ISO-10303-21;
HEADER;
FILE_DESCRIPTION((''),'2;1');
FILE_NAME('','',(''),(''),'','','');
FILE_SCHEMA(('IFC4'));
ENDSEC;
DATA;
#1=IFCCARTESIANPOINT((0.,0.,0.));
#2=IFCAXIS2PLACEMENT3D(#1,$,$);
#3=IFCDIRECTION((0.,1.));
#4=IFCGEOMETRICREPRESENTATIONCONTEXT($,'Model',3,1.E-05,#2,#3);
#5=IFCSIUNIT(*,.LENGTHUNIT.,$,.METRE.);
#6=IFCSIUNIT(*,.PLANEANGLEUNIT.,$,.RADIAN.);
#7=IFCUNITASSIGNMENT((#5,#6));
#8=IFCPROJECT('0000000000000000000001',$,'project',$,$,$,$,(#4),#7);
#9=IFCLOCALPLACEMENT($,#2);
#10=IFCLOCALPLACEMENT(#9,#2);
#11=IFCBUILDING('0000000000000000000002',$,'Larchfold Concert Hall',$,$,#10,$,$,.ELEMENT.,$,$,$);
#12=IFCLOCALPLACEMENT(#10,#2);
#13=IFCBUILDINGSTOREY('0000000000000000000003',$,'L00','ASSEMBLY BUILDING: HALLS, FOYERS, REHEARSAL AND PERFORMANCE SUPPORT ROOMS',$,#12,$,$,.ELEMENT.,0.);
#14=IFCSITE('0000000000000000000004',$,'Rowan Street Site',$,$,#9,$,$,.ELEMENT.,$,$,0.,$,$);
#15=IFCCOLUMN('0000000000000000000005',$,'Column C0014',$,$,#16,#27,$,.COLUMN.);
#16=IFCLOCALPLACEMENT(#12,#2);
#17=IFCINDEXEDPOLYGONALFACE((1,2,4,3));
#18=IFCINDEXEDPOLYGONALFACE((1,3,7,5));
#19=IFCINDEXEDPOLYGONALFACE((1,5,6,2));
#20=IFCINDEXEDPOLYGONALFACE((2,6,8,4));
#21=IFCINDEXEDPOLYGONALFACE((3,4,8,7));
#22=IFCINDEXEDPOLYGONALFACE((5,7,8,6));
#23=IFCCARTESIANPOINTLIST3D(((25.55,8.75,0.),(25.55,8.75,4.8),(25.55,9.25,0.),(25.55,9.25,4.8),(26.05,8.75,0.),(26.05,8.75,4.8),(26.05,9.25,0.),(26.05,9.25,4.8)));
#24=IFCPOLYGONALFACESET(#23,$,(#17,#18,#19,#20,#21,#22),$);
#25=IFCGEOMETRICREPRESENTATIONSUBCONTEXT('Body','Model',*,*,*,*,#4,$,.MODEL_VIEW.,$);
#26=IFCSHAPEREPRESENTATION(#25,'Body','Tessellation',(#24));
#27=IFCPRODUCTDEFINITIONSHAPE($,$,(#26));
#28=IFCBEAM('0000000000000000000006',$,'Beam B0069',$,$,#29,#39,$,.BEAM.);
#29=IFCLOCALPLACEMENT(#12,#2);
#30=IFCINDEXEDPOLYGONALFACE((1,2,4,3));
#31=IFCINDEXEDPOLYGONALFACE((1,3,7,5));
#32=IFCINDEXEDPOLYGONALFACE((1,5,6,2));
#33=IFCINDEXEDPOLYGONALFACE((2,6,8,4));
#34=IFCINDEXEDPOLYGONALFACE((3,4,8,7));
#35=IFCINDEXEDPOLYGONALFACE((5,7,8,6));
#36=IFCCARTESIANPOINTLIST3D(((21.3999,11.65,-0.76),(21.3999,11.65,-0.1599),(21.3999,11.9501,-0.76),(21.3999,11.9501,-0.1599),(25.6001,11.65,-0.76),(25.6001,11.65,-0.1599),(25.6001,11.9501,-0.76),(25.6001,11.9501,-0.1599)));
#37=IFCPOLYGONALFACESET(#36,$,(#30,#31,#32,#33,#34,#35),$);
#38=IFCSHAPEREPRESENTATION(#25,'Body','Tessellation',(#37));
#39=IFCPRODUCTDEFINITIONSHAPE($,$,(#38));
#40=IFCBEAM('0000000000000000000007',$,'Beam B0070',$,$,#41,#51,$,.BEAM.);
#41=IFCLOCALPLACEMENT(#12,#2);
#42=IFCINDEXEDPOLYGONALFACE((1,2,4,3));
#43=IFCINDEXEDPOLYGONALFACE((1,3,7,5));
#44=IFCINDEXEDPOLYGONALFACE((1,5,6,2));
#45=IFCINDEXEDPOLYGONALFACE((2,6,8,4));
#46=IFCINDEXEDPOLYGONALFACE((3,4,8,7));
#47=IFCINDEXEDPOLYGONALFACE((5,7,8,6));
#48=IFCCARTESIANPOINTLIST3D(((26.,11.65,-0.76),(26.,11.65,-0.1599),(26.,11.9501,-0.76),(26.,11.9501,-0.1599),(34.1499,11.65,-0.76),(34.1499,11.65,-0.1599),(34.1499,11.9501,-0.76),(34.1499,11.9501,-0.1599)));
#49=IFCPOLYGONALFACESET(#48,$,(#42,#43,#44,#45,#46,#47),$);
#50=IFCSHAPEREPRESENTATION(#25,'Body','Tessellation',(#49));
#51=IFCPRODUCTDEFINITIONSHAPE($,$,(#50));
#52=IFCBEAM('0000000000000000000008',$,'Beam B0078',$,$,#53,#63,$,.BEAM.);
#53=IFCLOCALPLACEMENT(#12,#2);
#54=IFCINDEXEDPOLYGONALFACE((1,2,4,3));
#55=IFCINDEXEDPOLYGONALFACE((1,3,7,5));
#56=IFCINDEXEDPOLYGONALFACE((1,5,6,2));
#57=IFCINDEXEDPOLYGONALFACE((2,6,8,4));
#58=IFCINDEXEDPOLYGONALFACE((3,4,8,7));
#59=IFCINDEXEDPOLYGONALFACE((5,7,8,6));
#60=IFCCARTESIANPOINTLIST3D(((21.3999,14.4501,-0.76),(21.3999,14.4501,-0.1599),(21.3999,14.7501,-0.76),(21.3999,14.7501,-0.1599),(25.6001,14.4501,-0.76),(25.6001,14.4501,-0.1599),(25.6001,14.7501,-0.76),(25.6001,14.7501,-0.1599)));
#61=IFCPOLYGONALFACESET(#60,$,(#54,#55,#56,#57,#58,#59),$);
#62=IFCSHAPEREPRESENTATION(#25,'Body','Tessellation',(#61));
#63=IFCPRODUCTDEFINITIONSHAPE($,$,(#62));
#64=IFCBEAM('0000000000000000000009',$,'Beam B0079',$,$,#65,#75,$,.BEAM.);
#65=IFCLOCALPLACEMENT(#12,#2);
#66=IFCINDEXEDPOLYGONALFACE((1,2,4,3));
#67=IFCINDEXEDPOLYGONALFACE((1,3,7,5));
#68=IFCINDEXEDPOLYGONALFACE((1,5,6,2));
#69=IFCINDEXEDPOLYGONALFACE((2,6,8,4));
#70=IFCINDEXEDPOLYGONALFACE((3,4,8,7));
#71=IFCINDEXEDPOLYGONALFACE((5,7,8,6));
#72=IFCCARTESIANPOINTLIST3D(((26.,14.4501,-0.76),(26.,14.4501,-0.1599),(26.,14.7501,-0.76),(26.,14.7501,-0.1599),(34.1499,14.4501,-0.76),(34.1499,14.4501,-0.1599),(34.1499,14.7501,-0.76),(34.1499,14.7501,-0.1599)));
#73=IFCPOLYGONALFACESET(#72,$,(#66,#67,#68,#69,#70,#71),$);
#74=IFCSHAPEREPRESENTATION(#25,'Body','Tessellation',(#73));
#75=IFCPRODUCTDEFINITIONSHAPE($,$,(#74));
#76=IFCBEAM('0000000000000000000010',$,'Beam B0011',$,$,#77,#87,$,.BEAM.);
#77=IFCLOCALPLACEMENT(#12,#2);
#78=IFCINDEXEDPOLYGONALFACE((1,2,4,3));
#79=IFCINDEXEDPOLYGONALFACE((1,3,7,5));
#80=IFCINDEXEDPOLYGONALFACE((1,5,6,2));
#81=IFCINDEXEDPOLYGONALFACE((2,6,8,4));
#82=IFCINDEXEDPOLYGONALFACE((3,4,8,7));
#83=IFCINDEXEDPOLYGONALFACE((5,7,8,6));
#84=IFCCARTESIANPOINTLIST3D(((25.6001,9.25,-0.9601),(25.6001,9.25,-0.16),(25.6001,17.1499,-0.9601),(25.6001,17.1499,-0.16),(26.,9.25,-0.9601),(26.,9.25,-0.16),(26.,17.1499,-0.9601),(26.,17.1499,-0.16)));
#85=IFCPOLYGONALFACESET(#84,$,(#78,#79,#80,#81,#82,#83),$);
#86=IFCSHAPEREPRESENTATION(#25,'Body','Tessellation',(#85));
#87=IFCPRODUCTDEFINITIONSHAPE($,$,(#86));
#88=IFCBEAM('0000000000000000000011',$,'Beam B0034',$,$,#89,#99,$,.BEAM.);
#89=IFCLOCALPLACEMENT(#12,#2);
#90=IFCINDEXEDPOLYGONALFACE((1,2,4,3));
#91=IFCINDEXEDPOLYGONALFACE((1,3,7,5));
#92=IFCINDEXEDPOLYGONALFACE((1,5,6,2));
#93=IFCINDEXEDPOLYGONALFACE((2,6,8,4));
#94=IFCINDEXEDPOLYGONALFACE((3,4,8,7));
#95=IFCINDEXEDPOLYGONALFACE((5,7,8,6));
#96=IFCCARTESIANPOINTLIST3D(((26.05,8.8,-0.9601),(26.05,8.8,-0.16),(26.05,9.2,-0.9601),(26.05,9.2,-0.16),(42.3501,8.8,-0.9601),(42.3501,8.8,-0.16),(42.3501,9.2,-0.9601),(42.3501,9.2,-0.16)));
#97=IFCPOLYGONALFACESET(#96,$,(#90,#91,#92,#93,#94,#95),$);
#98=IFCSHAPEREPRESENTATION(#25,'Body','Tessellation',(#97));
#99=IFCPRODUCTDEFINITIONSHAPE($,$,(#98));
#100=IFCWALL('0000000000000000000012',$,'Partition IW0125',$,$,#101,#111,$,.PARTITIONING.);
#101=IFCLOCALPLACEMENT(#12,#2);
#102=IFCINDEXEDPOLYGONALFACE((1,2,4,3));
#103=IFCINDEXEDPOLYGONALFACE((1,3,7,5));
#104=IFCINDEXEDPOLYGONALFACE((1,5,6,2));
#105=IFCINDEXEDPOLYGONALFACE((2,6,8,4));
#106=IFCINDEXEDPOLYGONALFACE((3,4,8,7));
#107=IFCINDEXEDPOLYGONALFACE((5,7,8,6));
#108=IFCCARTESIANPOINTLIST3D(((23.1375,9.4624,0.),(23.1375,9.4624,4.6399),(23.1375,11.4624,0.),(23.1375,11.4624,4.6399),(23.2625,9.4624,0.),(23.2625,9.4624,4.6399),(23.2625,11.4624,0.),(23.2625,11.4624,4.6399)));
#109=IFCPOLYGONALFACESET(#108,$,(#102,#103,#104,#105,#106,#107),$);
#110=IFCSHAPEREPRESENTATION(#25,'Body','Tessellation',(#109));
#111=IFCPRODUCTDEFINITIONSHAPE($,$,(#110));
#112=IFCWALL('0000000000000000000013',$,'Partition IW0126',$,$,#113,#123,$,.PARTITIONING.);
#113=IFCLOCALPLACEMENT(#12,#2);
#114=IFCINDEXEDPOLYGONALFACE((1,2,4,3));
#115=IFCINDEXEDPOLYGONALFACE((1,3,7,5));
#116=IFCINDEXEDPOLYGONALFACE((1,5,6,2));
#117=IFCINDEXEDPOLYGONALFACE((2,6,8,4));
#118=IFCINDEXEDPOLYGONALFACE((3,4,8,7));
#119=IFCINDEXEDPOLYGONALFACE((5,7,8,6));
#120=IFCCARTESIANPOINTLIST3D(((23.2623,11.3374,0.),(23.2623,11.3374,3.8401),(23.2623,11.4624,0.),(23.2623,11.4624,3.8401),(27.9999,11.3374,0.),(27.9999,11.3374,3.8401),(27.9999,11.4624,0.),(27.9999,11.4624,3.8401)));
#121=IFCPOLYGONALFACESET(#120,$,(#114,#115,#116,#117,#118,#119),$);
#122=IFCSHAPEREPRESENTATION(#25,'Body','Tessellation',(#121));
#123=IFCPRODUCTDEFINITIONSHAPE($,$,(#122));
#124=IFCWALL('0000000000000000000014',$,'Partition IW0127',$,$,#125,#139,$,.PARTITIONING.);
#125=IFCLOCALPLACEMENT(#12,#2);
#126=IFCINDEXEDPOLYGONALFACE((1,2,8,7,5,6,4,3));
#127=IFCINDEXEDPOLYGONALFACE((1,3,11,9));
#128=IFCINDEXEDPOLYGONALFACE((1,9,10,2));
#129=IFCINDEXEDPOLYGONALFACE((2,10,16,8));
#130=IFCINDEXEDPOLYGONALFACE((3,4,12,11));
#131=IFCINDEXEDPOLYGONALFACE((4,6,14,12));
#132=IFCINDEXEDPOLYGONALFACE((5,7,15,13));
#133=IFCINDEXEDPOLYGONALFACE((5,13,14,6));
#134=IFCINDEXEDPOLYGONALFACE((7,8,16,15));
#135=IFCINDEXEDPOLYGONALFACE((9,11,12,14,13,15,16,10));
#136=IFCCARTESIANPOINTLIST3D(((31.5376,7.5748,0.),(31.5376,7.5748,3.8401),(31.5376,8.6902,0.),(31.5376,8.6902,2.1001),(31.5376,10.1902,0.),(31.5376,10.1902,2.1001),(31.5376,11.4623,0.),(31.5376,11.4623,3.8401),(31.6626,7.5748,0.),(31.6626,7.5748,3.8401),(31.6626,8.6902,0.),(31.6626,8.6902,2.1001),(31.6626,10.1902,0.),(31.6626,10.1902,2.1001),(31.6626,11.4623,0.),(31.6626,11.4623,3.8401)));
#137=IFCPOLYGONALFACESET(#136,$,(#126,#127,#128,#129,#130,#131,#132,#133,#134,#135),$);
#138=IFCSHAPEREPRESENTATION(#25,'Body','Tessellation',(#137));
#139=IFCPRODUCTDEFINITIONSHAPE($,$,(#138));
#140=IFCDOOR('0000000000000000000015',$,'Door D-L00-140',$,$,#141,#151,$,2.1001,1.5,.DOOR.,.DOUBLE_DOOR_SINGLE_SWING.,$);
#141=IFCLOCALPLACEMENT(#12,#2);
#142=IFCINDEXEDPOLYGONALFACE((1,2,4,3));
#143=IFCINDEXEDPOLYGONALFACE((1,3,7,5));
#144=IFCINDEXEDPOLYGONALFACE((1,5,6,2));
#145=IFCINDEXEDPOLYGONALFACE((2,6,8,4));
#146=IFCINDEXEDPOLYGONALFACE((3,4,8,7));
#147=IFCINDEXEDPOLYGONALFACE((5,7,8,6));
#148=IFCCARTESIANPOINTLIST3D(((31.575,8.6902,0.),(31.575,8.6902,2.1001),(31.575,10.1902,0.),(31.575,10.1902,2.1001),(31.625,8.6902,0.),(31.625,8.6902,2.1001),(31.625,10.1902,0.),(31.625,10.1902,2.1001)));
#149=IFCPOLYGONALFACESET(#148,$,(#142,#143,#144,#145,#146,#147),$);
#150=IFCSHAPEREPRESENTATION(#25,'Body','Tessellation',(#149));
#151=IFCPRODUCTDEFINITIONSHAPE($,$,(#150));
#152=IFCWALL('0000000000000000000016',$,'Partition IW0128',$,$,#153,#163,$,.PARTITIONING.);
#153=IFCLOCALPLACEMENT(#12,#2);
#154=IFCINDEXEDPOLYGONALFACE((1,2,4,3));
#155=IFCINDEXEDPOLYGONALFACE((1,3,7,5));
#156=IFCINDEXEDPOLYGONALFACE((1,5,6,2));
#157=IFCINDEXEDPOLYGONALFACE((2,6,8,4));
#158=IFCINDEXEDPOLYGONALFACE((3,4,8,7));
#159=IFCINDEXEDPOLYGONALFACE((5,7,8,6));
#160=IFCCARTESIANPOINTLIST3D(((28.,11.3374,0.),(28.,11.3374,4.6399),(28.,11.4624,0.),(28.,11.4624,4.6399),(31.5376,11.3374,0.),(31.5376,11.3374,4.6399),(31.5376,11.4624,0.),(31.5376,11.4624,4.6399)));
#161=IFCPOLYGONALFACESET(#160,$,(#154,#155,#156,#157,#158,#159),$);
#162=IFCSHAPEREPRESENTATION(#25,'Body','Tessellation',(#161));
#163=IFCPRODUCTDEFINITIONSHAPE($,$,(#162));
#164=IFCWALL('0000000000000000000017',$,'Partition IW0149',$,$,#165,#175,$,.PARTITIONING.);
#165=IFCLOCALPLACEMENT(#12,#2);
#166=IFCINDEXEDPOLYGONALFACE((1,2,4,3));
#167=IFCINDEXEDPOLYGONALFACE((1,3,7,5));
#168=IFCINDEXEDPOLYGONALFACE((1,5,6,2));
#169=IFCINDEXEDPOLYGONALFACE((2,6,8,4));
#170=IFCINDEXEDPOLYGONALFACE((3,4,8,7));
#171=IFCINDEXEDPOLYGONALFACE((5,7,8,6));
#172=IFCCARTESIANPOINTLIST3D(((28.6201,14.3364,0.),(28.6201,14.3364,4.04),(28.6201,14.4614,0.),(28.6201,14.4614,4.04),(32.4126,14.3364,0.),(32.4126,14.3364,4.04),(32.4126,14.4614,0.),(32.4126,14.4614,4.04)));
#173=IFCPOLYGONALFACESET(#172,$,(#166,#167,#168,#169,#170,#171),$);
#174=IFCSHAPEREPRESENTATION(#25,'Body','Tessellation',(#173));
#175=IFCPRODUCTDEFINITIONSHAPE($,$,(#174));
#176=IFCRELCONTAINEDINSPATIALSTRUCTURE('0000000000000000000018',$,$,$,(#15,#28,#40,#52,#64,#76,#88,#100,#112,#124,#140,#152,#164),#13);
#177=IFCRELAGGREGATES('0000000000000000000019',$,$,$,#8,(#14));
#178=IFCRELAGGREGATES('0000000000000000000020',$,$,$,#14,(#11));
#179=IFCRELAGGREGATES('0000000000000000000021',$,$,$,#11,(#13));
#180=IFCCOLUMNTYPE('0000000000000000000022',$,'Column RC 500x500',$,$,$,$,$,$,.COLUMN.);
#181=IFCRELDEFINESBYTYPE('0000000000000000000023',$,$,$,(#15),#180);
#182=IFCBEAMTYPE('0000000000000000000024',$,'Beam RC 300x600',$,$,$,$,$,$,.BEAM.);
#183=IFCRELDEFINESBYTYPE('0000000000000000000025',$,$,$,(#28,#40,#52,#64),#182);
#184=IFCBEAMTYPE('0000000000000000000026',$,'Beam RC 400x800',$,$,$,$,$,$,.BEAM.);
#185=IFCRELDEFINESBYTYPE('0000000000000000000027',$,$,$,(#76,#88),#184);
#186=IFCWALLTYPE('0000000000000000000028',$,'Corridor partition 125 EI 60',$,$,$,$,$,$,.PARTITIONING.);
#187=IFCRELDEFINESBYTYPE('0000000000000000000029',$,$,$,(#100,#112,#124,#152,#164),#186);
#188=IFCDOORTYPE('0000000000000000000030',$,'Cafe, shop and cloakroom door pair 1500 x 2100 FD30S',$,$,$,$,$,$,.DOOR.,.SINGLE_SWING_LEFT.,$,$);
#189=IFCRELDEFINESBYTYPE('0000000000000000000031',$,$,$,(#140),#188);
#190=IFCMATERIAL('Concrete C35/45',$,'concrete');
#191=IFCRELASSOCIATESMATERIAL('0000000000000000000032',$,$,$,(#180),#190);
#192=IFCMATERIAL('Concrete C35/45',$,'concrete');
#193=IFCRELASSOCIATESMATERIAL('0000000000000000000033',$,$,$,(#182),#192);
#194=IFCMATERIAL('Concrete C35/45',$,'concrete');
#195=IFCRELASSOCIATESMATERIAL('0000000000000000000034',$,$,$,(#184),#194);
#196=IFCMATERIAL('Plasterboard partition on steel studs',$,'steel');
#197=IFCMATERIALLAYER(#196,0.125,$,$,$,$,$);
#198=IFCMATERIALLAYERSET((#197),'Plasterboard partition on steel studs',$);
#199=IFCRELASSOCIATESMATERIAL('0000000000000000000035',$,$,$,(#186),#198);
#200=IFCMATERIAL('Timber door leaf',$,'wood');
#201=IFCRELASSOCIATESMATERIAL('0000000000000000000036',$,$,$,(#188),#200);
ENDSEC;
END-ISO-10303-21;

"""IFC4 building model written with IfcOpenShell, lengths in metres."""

from ifc_helpers import new_model, si_unit, direction, frame, frame_2d, origin, origin_2d, place, context, subcontext, project, spatial, rectangle, extrude, material, layer, layer_set, material_profile, profile_set, type_object, element, fill, save


model = new_model("IFC4")

# Units and contexts
model_context = context("Model", 3, precision=1e-05, world=origin(), true_north=direction((0.0, 1.0)))
body_context = subcontext(model_context, "Body", "Model", "MODEL_VIEW")
ifc_project = project(units=[si_unit("LENGTHUNIT", "METRE"), si_unit("PLANEANGLEUNIT", "RADIAN")], contexts=[model_context])

# Site, building, storey
site_placement = place(None, origin())
site = spatial("IfcSite", under=ifc_project, at=site_placement, Name="Rowan Street Site", CompositionType="ELEMENT", RefElevation=0.0)
building_placement = place(site_placement, origin())
building = spatial("IfcBuilding", under=site, at=building_placement, Name="Larchfold Concert Hall", CompositionType="ELEMENT")
storey_placement = place(building_placement, origin())
storey = spatial("IfcBuildingStorey", under=building, at=storey_placement, Name="L00", Description="ASSEMBLY BUILDING: HALLS, FOYERS, REHEARSAL AND PERFORMANCE SUPPORT ROOMS", CompositionType="ELEMENT", Elevation=0.0)

# Column
ifc_material_1 = material(Name="Concrete C35/45", Category="concrete")
ifc_material_profile_1 = material_profile(ifc_material_1, rectangle(XDim=0.5, YDim=0.5, at=origin_2d()))
ifc_profile_set_1 = profile_set([ifc_material_profile_1], Name="Concrete C35/45")
column_type = type_object("IfcColumnType", Name="Column RC 500x500", PredefinedType="COLUMN", material=ifc_profile_set_1)
column_placement = place(storey_placement, frame((25.8, 9.0, 0.0), z_axis=(0.0, 0.0, 1.0), x_axis=(1.0, 0.0, 0.0)))
element("IfcColumn", 1, at=column_placement, inside=storey, type_object=column_type, Name="Column C0014", PredefinedType="COLUMN", context=body_context, shape_type="SweptSolid", body=[
    extrude(rectangle(XDim=0.5, YDim=0.5, at=origin_2d()), origin(), (0.0, 0.0, 1.0), 4.8),
])

# Beams
ifc_material_2 = material(Name="Concrete C35/45", Category="concrete")
ifc_material_profile_2 = material_profile(ifc_material_2, rectangle(XDim=0.3, YDim=0.6001, at=origin_2d()))
ifc_profile_set_2 = profile_set([ifc_material_profile_2], Name="Concrete C35/45")
beam_type_1 = type_object("IfcBeamType", Name="Beam RC 300x600", PredefinedType="BEAM", material=ifc_profile_set_2)
beam_1_placement = place(storey_placement, frame((21.3999, 11.8, -0.46), z_axis=(1.0, 0.0, 0.0), x_axis=(0.0, 1.0, 0.0)))
element("IfcBeam", 2, at=beam_1_placement, inside=storey, type_object=beam_type_1, Name="Beam B0069", PredefinedType="BEAM", context=body_context, shape_type="SweptSolid", body=[
    extrude(rectangle(XDim=0.3, YDim=0.6001, at=origin_2d()), origin(), (0.0, 0.0, 1.0), 4.2002),
])
beam_2_placement = place(storey_placement, frame((26.0, 11.8, -0.46), z_axis=(1.0, 0.0, 0.0), x_axis=(0.0, 1.0, 0.0)))
element("IfcBeam", 3, at=beam_2_placement, inside=storey, type_object=beam_type_1, Name="Beam B0070", PredefinedType="BEAM", context=body_context, shape_type="SweptSolid", body=[
    extrude(rectangle(XDim=0.3, YDim=0.6001, at=origin_2d()), origin(), (0.0, 0.0, 1.0), 8.1499),
])
beam_3_placement = place(storey_placement, frame((21.3999, 14.6001, -0.46), z_axis=(1.0, 0.0, 0.0), x_axis=(0.0, 1.0, 0.0)))
element("IfcBeam", 4, at=beam_3_placement, inside=storey, type_object=beam_type_1, Name="Beam B0078", PredefinedType="BEAM", context=body_context, shape_type="SweptSolid", body=[
    extrude(rectangle(XDim=0.3, YDim=0.6001, at=origin_2d()), origin(), (0.0, 0.0, 1.0), 4.2002),
])
beam_4_placement = place(storey_placement, frame((26.0, 14.6001, -0.46), z_axis=(1.0, 0.0, 0.0), x_axis=(0.0, 1.0, 0.0)))
element("IfcBeam", 5, at=beam_4_placement, inside=storey, type_object=beam_type_1, Name="Beam B0079", PredefinedType="BEAM", context=body_context, shape_type="SweptSolid", body=[
    extrude(rectangle(XDim=0.3, YDim=0.6001, at=origin_2d()), origin(), (0.0, 0.0, 1.0), 8.1499),
])
ifc_material_3 = material(Name="Concrete C35/45", Category="concrete")
ifc_material_profile_3 = material_profile(ifc_material_3, rectangle(XDim=0.3999, YDim=0.8, at=origin_2d()))
ifc_profile_set_3 = profile_set([ifc_material_profile_3], Name="Concrete C35/45")
beam_type_2 = type_object("IfcBeamType", Name="Beam RC 400x800", PredefinedType="BEAM", material=ifc_profile_set_3)
beam_5_placement = place(storey_placement, frame((25.8, 9.25, -0.5601), z_axis=(0.0, 1.0, 0.0), x_axis=(-1.0, 0.0, 0.0)))
element("IfcBeam", 6, at=beam_5_placement, inside=storey, type_object=beam_type_2, Name="Beam B0011", PredefinedType="BEAM", context=body_context, shape_type="SweptSolid", body=[
    extrude(rectangle(XDim=0.3999, YDim=0.8, at=origin_2d()), origin(), (0.0, 0.0, 1.0), 7.8999),
])
beam_6_placement = place(storey_placement, frame((26.05, 9.0, -0.5601), z_axis=(1.0, 0.0, 0.0), x_axis=(0.0, 1.0, 0.0)))
element("IfcBeam", 7, at=beam_6_placement, inside=storey, type_object=beam_type_2, Name="Beam B0034", PredefinedType="BEAM", context=body_context, shape_type="SweptSolid", body=[
    extrude(rectangle(XDim=0.3999, YDim=0.8, at=origin_2d()), origin(), (0.0, 0.0, 1.0), 16.3),
])

# Walls
ifc_material_4 = material(Name="Plasterboard partition on steel studs", Category="steel")
ifc_layer_1 = layer(ifc_material_4, 0.125)
ifc_layer_set_1 = layer_set([ifc_layer_1], Name="Plasterboard partition on steel studs")
wall_type_1 = type_object("IfcWallType", Name="Corridor partition 125 EI 60", PredefinedType="PARTITIONING", material=ifc_layer_set_1)
wall_1_placement = place(storey_placement, frame((23.2, 9.4624, 0.0), z_axis=(0.0, 0.0, 1.0), x_axis=(0.0, 1.0, 0.0)))
element("IfcWall", 8, at=wall_1_placement, inside=storey, type_object=wall_type_1, Name="Partition IW0125", PredefinedType="PARTITIONING", context=body_context, shape_type="SweptSolid", body=[
    extrude(rectangle(XDim=2.0, YDim=0.125, at=frame_2d((1.0, 0.0))), origin(), (0.0, 0.0, 1.0), 4.6399),
])
wall_2_placement = place(storey_placement, frame((23.2625, 11.3999, 0.0), z_axis=(0.0, 0.0, 1.0), x_axis=(1.0, 0.0, 0.0)))
element("IfcWall", 9, at=wall_2_placement, inside=storey, type_object=wall_type_1, Name="Partition IW0126", PredefinedType="PARTITIONING", context=body_context, shape_type="SweptSolid", body=[
    extrude(rectangle(XDim=4.7375, YDim=0.125, at=frame_2d((2.3687, 0.0))), origin(), (0.0, 0.0, 1.0), 3.8401),
])

# Wall, opening, door
wall_3_placement = place(storey_placement, frame((31.6001, 11.4624, 0.0), z_axis=(0.0, 0.0, 1.0), x_axis=(0.0, -1.0, 0.0)))
wall_3 = element("IfcWall", 10, at=wall_3_placement, inside=storey, type_object=wall_type_1, Name="Partition IW0127", PredefinedType="PARTITIONING", context=body_context, shape_type="SweptSolid", body=[
    extrude(rectangle(XDim=3.8875, YDim=0.125, at=frame_2d((1.9438, 0.0))), origin(), (0.0, 0.0, 1.0), 3.8401),
])
opening_1_placement = place(wall_3_placement, frame((1.2722, 0.0, 0.0)))
opening_1 = element("IfcOpeningElement", 11, at=opening_1_placement, cuts=wall_3, PredefinedType="OPENING", context=body_context, shape_type="SweptSolid", body=[
    extrude(rectangle(XDim=1.5, YDim=2.1001, at=frame_2d((0.75, 1.05))), frame((0.0, 0.0725, 0.0), z_axis=(0.0, -1.0, 0.0), x_axis=(1.0, 0.0, 0.0)), (0.0, 0.0, 1.0), 0.145),
])
ifc_material_5 = material(Name="Timber door leaf", Category="wood")
door_type_1 = type_object("IfcDoorType", Name="Cafe, shop and cloakroom door pair 1500 x 2100 FD30S", OperationType="SINGLE_SWING_LEFT", PredefinedType="DOOR", material=ifc_material_5)
door_1_placement = place(opening_1_placement, origin())
door_1 = element("IfcDoor", 12, at=door_1_placement, inside=storey, type_object=door_type_1, Name="Door D-L00-140", OperationType="DOUBLE_DOOR_SINGLE_SWING", OverallHeight=2.1001, OverallWidth=1.5, PredefinedType="DOOR", context=body_context, shape_type="SweptSolid", body=[
    extrude(rectangle(XDim=1.5, YDim=2.1001, at=frame_2d((0.75, 1.05))), frame((0.0, 0.0249, 0.0), z_axis=(0.0, -1.0, 0.0), x_axis=(1.0, 0.0, 0.0)), (0.0, 0.0, 1.0), 0.05),
])
fill(opening_1, door_1)

# Walls
wall_4_placement = place(storey_placement, frame((28.0, 11.3999, 0.0), z_axis=(0.0, 0.0, 1.0), x_axis=(1.0, 0.0, 0.0)))
element("IfcWall", 13, at=wall_4_placement, inside=storey, type_object=wall_type_1, Name="Partition IW0128", PredefinedType="PARTITIONING", context=body_context, shape_type="SweptSolid", body=[
    extrude(rectangle(XDim=3.5376, YDim=0.125, at=frame_2d((1.7688, 0.0))), origin(), (0.0, 0.0, 1.0), 4.6399),
])
wall_5_placement = place(storey_placement, frame((28.6201, 14.3989, 0.0), z_axis=(0.0, 0.0, 1.0), x_axis=(1.0, 0.0, 0.0)))
element("IfcWall", 14, at=wall_5_placement, inside=storey, type_object=wall_type_1, Name="Partition IW0149", PredefinedType="PARTITIONING", context=body_context, shape_type="SweptSolid", body=[
    extrude(rectangle(XDim=3.7925, YDim=0.125, at=frame_2d((1.8962, 0.0))), origin(), (0.0, 0.0, 1.0), 4.04),
])

save(model, "model.ifc")
